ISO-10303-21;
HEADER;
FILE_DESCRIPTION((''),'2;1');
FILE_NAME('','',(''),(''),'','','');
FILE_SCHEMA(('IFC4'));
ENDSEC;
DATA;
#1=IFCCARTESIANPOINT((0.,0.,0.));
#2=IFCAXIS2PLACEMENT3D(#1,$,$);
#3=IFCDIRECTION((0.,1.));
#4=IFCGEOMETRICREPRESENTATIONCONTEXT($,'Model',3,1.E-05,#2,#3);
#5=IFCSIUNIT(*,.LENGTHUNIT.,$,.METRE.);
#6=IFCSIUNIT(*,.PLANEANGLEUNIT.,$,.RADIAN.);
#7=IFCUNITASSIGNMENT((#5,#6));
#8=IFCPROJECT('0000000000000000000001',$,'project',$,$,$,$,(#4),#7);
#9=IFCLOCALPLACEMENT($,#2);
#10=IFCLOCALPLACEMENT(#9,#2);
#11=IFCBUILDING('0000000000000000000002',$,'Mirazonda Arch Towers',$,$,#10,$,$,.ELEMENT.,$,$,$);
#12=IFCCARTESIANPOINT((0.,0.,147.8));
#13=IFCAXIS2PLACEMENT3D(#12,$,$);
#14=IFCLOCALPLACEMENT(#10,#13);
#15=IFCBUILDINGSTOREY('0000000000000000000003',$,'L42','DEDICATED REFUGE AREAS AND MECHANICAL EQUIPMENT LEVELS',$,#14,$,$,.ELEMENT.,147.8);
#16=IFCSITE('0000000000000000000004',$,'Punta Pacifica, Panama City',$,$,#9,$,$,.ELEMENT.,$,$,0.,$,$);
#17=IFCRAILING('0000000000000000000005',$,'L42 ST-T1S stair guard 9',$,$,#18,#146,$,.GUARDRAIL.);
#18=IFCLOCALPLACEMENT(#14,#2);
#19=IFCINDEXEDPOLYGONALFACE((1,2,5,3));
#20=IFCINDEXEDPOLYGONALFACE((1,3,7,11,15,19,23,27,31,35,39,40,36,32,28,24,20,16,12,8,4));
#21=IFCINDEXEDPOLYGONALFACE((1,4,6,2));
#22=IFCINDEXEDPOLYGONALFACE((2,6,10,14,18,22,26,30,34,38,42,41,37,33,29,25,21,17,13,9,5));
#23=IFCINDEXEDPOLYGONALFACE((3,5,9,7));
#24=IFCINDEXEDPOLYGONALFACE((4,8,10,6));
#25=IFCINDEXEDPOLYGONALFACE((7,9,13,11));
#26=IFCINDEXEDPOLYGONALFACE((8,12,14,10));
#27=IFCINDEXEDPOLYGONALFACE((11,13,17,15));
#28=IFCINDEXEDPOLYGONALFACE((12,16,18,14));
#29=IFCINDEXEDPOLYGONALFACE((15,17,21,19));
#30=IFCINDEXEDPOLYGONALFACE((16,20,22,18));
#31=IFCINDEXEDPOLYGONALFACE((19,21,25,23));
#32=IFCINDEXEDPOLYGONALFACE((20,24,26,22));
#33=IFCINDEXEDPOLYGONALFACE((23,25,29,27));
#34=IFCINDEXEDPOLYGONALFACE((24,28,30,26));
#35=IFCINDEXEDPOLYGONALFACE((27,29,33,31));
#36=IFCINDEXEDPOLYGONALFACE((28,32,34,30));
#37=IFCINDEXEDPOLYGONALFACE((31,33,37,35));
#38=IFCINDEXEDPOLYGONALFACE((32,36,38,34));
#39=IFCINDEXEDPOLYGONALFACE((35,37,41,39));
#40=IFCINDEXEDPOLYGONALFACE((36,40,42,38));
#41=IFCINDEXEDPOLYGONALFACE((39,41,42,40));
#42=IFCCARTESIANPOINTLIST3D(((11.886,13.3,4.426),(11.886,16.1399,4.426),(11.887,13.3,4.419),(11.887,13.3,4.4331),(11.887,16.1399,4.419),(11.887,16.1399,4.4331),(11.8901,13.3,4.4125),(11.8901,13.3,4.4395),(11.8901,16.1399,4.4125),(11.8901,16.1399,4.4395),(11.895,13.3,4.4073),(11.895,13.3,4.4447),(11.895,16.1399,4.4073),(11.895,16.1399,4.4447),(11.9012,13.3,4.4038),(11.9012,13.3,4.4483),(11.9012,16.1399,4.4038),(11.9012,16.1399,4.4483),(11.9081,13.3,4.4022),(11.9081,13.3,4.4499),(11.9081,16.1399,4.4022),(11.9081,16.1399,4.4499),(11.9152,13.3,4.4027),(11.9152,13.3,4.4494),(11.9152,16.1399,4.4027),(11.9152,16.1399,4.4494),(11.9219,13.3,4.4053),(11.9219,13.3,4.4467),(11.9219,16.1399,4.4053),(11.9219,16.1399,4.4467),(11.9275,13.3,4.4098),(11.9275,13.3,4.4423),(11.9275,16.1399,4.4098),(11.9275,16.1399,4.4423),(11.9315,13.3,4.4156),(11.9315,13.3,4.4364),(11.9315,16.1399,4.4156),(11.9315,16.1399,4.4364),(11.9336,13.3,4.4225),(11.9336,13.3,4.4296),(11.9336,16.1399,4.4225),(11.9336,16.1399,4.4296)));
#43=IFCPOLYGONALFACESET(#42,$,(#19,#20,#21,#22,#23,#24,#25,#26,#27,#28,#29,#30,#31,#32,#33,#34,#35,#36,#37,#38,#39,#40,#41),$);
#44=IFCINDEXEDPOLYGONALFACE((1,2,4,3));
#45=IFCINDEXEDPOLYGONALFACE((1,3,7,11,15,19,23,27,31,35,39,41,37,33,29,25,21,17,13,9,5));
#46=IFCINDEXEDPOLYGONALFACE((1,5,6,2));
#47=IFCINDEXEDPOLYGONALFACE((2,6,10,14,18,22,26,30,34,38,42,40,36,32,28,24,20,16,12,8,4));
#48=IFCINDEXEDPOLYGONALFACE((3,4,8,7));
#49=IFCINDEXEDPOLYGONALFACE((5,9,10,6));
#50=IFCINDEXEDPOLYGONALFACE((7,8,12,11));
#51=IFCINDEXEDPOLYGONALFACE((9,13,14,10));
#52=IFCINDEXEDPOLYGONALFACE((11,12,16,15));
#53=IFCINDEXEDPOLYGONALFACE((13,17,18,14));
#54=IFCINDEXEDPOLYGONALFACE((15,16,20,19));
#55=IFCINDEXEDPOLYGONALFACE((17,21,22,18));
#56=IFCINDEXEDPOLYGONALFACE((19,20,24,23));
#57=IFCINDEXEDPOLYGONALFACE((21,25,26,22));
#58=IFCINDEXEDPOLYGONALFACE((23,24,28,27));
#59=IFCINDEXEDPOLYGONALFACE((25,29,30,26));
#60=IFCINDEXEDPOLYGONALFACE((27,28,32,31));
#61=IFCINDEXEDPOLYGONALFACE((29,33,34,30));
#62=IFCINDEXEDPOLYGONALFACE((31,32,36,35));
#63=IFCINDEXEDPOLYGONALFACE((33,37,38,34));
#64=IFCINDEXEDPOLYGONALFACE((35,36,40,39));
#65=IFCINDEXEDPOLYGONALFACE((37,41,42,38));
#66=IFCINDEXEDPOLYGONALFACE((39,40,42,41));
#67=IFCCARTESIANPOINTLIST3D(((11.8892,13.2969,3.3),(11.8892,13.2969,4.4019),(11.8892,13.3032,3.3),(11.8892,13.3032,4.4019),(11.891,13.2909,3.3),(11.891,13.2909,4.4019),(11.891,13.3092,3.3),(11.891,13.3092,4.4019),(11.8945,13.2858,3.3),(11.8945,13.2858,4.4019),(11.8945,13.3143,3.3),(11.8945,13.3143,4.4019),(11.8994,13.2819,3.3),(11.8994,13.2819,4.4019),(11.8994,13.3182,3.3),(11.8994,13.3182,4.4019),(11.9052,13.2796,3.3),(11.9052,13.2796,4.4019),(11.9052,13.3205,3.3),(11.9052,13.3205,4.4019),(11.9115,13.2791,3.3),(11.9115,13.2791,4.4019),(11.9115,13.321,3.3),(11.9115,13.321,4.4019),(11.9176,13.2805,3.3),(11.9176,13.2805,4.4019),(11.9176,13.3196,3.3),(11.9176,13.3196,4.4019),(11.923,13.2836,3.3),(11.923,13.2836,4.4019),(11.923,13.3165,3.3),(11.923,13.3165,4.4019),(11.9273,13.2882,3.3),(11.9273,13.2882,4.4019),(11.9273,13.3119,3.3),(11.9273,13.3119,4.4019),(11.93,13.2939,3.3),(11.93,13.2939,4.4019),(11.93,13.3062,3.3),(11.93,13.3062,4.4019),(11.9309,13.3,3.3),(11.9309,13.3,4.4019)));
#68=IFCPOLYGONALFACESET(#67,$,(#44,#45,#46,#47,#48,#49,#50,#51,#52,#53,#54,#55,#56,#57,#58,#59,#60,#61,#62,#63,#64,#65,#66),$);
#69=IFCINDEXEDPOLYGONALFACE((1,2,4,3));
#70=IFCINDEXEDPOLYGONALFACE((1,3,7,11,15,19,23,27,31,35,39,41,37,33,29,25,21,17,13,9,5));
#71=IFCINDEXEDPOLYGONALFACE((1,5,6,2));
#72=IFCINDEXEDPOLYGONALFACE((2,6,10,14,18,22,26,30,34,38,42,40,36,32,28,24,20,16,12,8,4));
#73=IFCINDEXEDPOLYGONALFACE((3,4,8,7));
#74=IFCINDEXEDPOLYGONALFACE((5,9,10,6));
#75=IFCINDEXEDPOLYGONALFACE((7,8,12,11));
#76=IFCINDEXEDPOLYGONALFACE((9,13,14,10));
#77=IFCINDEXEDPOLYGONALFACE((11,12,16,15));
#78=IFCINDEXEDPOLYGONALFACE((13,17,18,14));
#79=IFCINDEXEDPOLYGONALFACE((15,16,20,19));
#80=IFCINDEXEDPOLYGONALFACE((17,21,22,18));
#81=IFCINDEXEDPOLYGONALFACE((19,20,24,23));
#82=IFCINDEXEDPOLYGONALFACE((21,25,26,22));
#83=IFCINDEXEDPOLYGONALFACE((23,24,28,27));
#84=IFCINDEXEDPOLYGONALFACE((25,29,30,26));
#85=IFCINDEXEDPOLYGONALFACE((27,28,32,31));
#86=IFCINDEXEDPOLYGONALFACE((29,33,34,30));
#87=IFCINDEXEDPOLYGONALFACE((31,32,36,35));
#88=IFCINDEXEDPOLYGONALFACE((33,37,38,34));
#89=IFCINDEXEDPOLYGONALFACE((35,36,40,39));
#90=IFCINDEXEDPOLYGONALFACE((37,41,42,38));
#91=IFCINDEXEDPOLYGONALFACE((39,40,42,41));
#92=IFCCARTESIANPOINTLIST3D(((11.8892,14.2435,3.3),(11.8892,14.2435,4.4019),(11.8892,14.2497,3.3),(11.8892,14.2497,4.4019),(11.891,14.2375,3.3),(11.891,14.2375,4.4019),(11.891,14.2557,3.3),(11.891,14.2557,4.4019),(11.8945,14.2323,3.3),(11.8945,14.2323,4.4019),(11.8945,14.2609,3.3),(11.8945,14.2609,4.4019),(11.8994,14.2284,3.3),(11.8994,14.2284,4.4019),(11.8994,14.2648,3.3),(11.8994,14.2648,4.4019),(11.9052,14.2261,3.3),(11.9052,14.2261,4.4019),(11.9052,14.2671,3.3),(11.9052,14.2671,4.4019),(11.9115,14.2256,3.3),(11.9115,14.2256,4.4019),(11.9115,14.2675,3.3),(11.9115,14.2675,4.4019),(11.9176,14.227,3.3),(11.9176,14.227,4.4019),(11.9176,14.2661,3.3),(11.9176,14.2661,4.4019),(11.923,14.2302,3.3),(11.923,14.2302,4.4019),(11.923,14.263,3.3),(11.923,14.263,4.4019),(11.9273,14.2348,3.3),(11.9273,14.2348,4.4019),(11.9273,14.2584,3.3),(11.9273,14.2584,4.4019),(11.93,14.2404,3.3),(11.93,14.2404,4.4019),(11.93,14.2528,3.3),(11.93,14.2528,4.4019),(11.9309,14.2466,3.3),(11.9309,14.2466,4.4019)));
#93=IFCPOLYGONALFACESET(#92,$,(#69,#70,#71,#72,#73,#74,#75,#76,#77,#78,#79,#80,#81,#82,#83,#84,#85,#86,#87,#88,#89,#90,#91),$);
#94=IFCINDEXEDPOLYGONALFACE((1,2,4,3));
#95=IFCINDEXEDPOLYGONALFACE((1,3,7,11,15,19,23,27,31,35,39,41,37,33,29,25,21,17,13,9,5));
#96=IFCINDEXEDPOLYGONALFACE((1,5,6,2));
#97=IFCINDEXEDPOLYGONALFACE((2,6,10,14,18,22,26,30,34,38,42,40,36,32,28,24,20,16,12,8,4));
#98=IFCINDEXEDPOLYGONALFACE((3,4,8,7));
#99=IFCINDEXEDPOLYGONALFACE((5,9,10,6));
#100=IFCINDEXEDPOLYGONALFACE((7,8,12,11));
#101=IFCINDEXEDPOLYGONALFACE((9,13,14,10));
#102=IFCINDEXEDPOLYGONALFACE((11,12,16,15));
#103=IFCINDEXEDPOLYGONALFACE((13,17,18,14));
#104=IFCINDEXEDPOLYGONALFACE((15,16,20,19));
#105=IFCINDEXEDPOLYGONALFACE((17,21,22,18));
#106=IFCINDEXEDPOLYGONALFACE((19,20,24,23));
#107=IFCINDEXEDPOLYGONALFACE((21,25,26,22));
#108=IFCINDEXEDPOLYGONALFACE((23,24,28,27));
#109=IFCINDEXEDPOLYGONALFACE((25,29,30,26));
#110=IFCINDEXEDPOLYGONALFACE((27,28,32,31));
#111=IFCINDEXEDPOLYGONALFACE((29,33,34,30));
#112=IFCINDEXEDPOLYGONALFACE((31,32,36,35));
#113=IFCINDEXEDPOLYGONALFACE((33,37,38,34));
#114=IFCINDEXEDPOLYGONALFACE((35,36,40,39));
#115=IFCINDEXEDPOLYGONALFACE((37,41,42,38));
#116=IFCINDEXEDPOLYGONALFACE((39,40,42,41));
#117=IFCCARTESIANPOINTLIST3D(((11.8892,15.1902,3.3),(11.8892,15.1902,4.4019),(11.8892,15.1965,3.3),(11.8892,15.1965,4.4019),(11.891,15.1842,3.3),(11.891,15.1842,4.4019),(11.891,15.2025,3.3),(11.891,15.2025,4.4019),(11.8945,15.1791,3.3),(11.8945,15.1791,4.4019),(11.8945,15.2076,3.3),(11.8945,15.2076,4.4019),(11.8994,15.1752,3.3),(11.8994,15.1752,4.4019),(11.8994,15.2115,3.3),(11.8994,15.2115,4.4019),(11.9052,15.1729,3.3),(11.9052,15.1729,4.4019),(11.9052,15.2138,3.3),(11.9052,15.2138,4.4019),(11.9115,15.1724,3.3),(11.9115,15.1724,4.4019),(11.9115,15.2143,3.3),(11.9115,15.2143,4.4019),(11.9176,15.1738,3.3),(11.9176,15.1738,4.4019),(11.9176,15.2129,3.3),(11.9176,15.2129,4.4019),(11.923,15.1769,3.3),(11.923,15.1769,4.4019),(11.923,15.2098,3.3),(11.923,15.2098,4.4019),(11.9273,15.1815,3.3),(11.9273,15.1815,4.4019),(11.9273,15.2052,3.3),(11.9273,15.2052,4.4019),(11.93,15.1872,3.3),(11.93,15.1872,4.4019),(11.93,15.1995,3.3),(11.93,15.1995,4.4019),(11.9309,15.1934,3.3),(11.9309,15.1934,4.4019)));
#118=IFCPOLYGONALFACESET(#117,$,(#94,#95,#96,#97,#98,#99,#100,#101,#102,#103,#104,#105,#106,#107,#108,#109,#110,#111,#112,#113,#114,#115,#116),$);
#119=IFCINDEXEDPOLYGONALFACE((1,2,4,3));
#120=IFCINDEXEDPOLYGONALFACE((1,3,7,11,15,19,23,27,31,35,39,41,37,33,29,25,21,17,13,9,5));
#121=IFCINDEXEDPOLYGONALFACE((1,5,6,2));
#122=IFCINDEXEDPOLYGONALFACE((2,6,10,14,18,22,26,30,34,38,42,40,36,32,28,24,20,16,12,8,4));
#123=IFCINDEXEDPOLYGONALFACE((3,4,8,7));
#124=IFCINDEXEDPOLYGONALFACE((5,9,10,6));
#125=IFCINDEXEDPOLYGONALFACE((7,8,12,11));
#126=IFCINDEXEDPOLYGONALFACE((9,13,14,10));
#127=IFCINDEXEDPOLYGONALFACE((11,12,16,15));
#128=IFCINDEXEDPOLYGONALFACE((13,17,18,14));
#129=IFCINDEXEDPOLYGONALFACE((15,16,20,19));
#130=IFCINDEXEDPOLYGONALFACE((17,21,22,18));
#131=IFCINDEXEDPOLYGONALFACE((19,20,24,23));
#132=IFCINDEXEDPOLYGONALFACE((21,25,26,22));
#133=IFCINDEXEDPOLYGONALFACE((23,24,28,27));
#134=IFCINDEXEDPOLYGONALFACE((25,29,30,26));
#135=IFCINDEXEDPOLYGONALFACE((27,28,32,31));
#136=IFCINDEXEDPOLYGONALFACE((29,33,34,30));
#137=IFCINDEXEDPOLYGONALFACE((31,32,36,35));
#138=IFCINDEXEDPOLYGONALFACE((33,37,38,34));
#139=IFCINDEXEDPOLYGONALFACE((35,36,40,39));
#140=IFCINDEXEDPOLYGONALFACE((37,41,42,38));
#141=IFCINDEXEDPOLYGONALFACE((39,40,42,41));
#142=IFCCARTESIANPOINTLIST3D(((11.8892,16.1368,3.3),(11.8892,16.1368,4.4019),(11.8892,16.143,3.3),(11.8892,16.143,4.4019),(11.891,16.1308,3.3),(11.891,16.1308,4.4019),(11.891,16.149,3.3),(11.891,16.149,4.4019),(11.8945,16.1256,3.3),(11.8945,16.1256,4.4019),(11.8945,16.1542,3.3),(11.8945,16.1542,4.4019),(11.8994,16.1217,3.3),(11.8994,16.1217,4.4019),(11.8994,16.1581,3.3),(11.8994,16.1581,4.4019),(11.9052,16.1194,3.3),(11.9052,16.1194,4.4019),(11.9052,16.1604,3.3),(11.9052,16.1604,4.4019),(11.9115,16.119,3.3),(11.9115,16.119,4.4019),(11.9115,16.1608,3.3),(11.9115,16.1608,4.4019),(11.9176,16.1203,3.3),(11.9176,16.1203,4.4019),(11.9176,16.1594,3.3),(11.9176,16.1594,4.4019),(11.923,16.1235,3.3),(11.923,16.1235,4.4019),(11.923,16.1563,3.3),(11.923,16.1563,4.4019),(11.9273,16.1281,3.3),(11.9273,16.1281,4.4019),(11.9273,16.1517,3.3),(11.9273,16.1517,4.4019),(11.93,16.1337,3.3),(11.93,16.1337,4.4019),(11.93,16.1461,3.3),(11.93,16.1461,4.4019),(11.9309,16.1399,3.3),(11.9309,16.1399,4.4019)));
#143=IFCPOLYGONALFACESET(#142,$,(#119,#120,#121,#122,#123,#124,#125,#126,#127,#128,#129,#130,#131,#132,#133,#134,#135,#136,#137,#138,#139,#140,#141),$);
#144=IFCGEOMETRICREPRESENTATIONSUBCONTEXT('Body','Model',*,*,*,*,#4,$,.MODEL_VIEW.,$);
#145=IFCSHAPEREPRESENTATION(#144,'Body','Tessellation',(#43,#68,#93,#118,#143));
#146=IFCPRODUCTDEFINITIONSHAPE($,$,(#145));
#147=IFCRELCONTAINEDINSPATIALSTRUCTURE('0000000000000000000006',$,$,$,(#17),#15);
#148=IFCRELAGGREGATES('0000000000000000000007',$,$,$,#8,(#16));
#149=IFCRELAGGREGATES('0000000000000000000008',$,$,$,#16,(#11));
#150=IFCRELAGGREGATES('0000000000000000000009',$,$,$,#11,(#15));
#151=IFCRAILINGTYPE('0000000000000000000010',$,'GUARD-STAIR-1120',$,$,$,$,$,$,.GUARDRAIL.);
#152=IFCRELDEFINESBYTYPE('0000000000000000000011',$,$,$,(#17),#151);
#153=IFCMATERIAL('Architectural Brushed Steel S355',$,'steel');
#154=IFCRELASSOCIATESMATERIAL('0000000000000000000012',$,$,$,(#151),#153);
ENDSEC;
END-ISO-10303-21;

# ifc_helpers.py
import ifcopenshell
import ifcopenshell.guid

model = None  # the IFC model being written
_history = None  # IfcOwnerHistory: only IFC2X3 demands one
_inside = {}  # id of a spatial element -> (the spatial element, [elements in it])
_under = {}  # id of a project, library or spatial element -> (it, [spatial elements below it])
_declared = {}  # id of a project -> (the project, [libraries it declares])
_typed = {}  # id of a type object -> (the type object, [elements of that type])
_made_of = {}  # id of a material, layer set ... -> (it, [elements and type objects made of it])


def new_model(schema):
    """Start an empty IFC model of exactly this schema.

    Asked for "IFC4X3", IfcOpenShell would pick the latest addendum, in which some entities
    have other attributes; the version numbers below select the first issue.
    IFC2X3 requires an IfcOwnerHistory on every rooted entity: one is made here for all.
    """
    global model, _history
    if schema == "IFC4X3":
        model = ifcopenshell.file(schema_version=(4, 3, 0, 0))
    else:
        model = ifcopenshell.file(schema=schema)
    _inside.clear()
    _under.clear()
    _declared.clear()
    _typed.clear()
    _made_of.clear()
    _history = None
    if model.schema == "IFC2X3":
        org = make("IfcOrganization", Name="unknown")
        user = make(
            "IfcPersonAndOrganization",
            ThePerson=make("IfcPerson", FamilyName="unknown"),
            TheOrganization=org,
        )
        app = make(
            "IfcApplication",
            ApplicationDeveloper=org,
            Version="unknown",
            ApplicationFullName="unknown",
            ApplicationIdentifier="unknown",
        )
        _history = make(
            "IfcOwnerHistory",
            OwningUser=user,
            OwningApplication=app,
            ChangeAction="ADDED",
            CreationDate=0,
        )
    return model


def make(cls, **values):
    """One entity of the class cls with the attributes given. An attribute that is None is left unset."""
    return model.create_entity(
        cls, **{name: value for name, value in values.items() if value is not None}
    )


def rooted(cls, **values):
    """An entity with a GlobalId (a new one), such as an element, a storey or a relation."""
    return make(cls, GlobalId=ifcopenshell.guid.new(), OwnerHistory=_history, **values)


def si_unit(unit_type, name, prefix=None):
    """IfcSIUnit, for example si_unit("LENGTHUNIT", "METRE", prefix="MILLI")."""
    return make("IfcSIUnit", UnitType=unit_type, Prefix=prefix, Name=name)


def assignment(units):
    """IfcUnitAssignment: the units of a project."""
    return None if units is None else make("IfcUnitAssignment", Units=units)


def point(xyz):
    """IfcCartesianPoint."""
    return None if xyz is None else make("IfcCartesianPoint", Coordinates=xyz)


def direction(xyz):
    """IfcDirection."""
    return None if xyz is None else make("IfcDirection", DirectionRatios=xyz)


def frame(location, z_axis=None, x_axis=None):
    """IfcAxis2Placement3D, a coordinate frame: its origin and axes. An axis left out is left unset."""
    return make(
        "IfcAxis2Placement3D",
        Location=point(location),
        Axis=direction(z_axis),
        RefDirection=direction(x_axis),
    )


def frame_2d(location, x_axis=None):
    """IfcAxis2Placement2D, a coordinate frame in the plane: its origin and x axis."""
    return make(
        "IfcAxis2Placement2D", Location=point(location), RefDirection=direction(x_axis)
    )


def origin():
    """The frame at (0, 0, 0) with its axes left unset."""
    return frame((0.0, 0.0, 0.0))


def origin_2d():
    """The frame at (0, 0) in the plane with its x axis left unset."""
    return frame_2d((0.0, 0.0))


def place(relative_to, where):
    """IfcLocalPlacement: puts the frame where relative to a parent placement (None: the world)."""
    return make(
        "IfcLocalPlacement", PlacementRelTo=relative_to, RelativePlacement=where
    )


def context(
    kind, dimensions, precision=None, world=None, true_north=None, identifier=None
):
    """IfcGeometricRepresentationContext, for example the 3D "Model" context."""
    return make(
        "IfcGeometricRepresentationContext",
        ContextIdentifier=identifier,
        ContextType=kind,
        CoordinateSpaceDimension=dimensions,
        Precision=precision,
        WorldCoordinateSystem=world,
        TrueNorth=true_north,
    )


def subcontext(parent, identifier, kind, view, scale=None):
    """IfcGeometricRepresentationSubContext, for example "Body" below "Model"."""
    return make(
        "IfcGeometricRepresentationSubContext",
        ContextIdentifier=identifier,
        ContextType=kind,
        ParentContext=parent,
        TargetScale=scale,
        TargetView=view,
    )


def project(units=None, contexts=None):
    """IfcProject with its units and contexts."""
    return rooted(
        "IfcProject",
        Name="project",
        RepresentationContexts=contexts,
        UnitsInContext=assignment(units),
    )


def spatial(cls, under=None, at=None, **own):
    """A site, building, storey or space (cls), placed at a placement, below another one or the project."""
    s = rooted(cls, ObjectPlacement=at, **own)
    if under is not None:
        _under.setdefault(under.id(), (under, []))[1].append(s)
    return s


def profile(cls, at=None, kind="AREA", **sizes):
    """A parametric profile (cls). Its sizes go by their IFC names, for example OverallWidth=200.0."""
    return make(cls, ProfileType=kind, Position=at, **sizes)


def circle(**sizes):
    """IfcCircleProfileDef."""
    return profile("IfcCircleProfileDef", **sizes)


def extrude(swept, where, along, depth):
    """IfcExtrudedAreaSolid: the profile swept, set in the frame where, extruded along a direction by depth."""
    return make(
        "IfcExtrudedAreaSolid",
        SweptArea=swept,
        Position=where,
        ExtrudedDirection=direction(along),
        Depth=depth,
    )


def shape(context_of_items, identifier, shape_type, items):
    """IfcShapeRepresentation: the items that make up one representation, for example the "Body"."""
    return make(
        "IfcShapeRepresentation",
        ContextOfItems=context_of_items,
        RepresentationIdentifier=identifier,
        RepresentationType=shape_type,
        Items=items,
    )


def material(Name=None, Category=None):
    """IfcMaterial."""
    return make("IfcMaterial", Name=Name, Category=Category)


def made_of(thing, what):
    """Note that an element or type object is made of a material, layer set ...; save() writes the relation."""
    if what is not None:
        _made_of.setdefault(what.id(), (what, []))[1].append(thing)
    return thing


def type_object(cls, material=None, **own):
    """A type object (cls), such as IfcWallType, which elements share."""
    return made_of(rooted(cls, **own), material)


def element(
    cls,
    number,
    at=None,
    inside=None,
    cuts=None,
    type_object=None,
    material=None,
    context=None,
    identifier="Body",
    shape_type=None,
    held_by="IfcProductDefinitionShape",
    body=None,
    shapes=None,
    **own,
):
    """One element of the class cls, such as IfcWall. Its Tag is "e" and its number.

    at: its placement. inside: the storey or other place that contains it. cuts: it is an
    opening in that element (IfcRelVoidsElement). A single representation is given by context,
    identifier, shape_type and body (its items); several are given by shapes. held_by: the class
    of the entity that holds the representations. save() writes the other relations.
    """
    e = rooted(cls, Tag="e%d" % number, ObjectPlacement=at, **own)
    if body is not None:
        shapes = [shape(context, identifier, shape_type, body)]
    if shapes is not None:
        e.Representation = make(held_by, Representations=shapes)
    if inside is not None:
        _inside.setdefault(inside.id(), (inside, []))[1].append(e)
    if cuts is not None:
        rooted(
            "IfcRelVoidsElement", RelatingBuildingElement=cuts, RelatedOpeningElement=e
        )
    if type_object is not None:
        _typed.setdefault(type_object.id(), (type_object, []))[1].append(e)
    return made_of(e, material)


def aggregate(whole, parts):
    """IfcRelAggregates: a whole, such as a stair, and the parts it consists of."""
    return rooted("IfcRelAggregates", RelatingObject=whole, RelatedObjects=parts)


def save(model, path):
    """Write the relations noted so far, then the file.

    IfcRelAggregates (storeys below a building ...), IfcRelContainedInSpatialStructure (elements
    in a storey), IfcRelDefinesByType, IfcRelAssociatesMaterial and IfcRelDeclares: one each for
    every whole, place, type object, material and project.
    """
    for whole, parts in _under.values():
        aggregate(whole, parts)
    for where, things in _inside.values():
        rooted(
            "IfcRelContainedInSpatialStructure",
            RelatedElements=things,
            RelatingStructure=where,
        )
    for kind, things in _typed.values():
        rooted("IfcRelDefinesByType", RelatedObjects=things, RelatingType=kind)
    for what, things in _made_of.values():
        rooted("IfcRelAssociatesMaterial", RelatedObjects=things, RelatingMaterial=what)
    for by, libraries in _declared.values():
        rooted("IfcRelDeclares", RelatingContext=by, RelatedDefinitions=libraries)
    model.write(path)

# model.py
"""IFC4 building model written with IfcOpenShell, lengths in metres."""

from ifc_helpers import new_model, si_unit, direction, frame, origin, origin_2d, place, context, subcontext, project, spatial, circle, extrude, material, type_object, element, save


model = new_model("IFC4")

# Units and contexts
model_context = context("Model", 3, precision=1e-05, world=origin(), true_north=direction((0.0, 1.0)))
body_context = subcontext(model_context, "Body", "Model", "MODEL_VIEW")
ifc_project = project(units=[si_unit("LENGTHUNIT", "METRE"), si_unit("PLANEANGLEUNIT", "RADIAN")], contexts=[model_context])

# Site, building, storey
site_placement = place(None, origin())
site = spatial("IfcSite", under=ifc_project, at=site_placement, Name="Punta Pacifica, Panama City", CompositionType="ELEMENT", RefElevation=0.0)
building_placement = place(site_placement, origin())
building = spatial("IfcBuilding", under=site, at=building_placement, Name="Mirazonda Arch Towers", CompositionType="ELEMENT")
storey_placement = place(building_placement, frame((0.0, 0.0, 147.8)))
storey = spatial("IfcBuildingStorey", under=building, at=storey_placement, Name="L42", Description="DEDICATED REFUGE AREAS AND MECHANICAL EQUIPMENT LEVELS", CompositionType="ELEMENT", Elevation=147.8)

# Shared definitions
ifc_material_1 = material(Name="Architectural Brushed Steel S355", Category="steel")

# Railing
railing_type_1 = type_object("IfcRailingType", Name="GUARD-STAIR-1120", PredefinedType="GUARDRAIL", material=ifc_material_1)
railing_1_placement = place(storey_placement, frame((11.9099, 13.3, 3.3)))
element("IfcRailing", 1, at=railing_1_placement, inside=storey, type_object=railing_type_1, Name="L42 ST-T1S stair guard 9", PredefinedType="GUARDRAIL", context=body_context, shape_type="SweptSolid", body=[
    extrude(circle(Radius=0.0239, at=origin_2d()), frame((0.0, 0.0, 1.126), z_axis=(0.0, 1.0, 0.0), x_axis=(-1.0, 0.0, 0.0)), (0.0, 0.0, 1.0), 2.8398),
    extrude(circle(Radius=0.021, at=origin_2d()), origin(), (0.0, 0.0, 1.0), 1.1018),
    extrude(circle(Radius=0.021, at=origin_2d()), frame((0.0, 0.9465, 0.0)), (0.0, 0.0, 1.0), 1.1018),
    extrude(circle(Radius=0.021, at=origin_2d()), frame((0.0, 1.8933, 0.0)), (0.0, 0.0, 1.0), 1.1018),
    extrude(circle(Radius=0.021, at=origin_2d()), frame((0.0, 2.8398, 0.0)), (0.0, 0.0, 1.0), 1.1018),
])

save(model, "model.ifc")
